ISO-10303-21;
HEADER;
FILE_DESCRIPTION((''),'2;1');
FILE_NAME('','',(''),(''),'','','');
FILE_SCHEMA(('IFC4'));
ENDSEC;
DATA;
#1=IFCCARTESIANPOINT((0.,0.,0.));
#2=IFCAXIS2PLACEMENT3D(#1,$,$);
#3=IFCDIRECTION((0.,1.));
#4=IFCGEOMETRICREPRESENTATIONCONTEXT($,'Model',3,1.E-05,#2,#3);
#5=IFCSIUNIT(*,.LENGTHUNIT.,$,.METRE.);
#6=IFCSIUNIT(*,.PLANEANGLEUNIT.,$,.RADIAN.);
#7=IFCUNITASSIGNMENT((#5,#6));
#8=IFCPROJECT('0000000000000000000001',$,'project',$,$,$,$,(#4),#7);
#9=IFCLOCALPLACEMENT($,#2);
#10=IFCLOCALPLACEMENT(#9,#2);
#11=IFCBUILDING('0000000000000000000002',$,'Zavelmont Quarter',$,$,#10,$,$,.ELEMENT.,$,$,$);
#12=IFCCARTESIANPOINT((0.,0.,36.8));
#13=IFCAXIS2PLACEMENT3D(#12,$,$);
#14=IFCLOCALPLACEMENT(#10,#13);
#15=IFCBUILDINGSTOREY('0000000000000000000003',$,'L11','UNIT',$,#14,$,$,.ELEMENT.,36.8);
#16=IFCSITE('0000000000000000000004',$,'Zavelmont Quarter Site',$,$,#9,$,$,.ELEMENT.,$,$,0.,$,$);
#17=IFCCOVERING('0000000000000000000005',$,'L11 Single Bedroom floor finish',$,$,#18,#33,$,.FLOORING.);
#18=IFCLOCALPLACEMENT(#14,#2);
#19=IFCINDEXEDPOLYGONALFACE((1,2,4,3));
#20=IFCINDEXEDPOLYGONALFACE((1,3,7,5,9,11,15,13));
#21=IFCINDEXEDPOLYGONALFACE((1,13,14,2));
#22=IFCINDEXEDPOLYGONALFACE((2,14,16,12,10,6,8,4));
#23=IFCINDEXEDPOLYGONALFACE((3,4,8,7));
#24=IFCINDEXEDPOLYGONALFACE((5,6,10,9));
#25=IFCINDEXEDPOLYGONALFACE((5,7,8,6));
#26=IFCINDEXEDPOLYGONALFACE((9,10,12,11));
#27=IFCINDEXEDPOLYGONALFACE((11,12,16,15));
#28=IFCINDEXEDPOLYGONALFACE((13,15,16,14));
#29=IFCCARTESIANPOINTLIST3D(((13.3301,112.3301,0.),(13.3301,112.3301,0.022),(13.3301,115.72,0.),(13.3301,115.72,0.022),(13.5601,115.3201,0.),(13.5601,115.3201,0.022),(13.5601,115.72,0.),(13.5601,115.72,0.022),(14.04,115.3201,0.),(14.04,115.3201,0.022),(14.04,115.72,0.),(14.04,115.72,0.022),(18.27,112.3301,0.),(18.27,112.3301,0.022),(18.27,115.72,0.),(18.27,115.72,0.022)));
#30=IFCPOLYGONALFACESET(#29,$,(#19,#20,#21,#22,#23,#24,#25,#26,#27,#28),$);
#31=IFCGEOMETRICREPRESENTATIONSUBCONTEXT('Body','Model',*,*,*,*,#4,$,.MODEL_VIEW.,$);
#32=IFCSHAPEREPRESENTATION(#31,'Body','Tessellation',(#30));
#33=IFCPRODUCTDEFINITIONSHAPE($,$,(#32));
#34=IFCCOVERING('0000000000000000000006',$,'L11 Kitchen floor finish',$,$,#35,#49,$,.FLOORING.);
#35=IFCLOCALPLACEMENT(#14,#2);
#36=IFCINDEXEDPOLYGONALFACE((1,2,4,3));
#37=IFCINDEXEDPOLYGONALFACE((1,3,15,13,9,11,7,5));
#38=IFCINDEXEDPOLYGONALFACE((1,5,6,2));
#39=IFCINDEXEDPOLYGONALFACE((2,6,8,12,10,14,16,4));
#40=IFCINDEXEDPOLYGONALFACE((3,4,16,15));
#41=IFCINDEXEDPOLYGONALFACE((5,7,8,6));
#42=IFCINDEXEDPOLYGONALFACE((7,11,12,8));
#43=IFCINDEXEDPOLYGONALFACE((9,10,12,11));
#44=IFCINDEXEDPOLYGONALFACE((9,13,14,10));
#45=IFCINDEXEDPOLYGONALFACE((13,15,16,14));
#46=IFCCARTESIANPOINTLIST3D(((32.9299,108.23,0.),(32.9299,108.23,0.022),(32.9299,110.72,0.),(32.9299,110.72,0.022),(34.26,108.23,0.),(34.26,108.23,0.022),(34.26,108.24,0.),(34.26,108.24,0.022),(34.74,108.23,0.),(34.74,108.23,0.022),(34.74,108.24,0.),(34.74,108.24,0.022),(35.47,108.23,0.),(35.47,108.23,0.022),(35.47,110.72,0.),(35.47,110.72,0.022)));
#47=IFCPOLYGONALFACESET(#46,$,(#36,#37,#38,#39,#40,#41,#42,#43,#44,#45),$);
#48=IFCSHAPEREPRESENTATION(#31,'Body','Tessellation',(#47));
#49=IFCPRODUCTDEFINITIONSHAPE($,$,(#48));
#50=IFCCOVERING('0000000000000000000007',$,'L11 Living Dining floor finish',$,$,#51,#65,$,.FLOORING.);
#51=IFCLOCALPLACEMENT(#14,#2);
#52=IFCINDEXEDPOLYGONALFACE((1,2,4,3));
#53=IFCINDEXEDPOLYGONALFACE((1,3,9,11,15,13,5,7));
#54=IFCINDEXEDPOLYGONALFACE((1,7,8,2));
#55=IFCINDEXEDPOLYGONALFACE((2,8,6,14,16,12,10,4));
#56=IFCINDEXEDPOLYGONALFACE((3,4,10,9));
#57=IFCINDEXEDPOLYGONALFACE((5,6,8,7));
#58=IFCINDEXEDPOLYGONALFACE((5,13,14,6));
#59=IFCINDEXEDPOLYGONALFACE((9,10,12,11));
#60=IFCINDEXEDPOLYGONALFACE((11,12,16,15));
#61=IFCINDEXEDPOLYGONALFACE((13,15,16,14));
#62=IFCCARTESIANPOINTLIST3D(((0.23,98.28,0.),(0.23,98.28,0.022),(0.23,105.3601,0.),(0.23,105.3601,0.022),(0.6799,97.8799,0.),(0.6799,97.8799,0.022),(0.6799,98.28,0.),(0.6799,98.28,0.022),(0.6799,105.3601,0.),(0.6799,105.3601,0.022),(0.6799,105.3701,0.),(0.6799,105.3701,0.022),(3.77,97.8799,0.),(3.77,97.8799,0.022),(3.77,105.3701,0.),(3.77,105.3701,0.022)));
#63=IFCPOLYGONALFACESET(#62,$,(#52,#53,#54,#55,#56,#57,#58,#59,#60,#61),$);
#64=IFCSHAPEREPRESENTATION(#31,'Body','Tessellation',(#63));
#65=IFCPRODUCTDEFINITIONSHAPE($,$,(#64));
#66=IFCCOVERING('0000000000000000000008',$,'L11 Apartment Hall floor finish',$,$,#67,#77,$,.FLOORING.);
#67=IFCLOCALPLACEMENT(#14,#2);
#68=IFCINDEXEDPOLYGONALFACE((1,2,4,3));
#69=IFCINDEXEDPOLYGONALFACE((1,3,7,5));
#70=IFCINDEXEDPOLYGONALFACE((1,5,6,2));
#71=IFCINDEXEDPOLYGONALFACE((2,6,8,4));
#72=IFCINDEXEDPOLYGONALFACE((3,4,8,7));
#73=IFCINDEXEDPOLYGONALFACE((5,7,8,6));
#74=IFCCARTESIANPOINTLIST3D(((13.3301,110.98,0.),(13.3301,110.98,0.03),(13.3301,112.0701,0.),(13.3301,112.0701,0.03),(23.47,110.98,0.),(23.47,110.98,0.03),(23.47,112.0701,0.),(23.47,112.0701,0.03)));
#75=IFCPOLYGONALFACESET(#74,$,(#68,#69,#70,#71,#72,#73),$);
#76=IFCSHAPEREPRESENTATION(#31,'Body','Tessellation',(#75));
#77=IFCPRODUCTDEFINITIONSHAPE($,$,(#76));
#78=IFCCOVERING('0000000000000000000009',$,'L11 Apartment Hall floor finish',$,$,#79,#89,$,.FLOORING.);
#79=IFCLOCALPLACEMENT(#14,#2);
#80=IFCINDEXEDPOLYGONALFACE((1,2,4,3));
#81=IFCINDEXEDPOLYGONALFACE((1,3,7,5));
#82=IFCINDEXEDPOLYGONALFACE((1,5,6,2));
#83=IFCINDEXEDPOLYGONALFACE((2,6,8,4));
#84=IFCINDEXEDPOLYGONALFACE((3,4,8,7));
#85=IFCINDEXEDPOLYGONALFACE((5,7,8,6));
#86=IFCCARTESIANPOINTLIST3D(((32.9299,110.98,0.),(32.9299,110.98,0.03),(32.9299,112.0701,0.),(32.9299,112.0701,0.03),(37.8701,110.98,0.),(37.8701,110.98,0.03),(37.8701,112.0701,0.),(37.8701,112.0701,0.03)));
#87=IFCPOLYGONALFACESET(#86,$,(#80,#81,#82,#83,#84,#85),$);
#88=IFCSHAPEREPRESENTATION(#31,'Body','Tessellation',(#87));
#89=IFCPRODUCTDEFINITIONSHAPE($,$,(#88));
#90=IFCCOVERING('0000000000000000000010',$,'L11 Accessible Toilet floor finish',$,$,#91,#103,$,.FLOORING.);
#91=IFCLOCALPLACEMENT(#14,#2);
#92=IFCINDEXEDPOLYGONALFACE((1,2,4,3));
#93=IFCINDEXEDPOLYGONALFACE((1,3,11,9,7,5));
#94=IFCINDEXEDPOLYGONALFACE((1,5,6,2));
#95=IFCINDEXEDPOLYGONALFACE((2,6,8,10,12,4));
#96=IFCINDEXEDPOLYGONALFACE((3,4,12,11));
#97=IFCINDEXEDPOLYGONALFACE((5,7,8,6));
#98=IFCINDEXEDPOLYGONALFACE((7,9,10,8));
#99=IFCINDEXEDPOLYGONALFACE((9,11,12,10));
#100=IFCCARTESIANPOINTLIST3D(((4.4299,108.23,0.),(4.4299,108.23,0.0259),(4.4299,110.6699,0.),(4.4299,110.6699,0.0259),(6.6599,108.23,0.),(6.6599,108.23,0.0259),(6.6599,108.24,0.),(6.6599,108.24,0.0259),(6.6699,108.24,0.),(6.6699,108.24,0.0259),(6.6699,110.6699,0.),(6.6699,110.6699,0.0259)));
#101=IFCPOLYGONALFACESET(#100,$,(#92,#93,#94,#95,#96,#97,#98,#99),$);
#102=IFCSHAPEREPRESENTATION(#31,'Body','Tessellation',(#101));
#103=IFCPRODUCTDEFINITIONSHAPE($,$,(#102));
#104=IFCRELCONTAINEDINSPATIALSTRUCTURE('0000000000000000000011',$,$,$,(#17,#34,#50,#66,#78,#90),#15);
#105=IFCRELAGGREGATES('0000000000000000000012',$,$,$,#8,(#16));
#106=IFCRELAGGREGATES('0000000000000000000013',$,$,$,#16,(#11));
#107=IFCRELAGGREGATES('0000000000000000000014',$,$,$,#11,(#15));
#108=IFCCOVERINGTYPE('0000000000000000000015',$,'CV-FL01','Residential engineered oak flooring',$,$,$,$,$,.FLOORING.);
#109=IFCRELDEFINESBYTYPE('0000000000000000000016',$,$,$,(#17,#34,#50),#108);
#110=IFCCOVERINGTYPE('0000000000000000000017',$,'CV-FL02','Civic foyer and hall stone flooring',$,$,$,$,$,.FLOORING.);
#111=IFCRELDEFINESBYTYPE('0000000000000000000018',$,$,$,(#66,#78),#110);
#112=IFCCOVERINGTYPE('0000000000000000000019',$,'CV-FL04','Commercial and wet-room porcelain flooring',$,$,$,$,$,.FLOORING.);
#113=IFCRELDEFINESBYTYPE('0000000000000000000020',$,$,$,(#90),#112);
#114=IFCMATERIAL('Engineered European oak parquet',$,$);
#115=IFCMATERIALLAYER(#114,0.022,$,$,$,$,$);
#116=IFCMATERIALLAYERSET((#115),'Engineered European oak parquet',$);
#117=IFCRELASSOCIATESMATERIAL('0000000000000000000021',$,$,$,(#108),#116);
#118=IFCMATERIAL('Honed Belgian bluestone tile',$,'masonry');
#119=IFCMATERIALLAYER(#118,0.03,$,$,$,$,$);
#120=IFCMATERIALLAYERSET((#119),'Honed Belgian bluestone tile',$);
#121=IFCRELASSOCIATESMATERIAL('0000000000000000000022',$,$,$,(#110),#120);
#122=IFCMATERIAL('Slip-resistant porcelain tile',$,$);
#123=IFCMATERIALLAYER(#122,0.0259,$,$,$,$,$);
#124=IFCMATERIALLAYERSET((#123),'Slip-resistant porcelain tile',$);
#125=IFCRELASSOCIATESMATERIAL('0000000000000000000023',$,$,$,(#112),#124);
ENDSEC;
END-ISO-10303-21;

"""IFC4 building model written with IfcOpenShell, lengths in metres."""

from ifc_helpers import new_model, si_unit, direction, frame, origin, place, context, subcontext, project, spatial, polyline, outline, extrude, material, layer, layer_set, type_object, element, save


model = new_model("IFC4")

# Units and contexts
model_context = context("Model", 3, precision=1e-05, world=origin(), true_north=direction((0.0, 1.0)))
body_context = subcontext(model_context, "Body", "Model", "MODEL_VIEW")
ifc_project = project(units=[si_unit("LENGTHUNIT", "METRE"), si_unit("PLANEANGLEUNIT", "RADIAN")], contexts=[model_context])

# Site, building, storey
site_placement = place(None, origin())
site = spatial("IfcSite", under=ifc_project, at=site_placement, Name="Zavelmont Quarter Site", CompositionType="ELEMENT", RefElevation=0.0)
building_placement = place(site_placement, origin())
building = spatial("IfcBuilding", under=site, at=building_placement, Name="Zavelmont Quarter", CompositionType="ELEMENT")
storey_placement = place(building_placement, frame((0.0, 0.0, 36.8)))
storey = spatial("IfcBuildingStorey", under=building, at=storey_placement, Name="L11", Description="UNIT", CompositionType="ELEMENT", Elevation=36.8)

# Coverings
ifc_material_1 = material(Name="Engineered European oak parquet")
ifc_layer_1 = layer(ifc_material_1, 0.022)
ifc_layer_set_1 = layer_set([ifc_layer_1], Name="Engineered European oak parquet")
covering_type_1 = type_object("IfcCoveringType", Name="CV-FL01", Description="Residential engineered oak flooring", PredefinedType="FLOORING", material=ifc_layer_set_1)
covering_1_placement = place(storey_placement, origin())
element("IfcCovering", 1, at=covering_1_placement, inside=storey, type_object=covering_type_1, Name="L11 Single Bedroom floor finish", PredefinedType="FLOORING", context=body_context, shape_type="SweptSolid", body=[
    extrude(outline(polyline([(13.3301, 115.72), (13.5601, 115.72), (13.5601, 115.3201), (14.04, 115.3201), (14.04, 115.72), (18.27, 115.72), (18.27, 112.3301), (13.3301, 112.3301), (13.3301, 115.72)])), origin(), (0.0, 0.0, 1.0), 0.022),
])
covering_2_placement = place(storey_placement, origin())
element("IfcCovering", 2, at=covering_2_placement, inside=storey, type_object=covering_type_1, Name="L11 Kitchen floor finish", PredefinedType="FLOORING", context=body_context, shape_type="SweptSolid", body=[
    extrude(outline(polyline([(32.9299, 110.72), (35.47, 110.72), (35.47, 108.23), (34.74, 108.23), (34.74, 108.24), (34.26, 108.24), (34.26, 108.23), (32.9299, 108.23), (32.9299, 110.72)])), origin(), (0.0, 0.0, 1.0), 0.022),
])
covering_3_placement = place(storey_placement, origin())
element("IfcCovering", 3, at=covering_3_placement, inside=storey, type_object=covering_type_1, Name="L11 Living Dining floor finish", PredefinedType="FLOORING", context=body_context, shape_type="SweptSolid", body=[
    extrude(outline(polyline([(0.23, 105.3601), (0.6799, 105.3601), (0.6799, 105.3701), (3.77, 105.3701), (3.77, 97.8799), (0.6799, 97.8799), (0.6799, 98.28), (0.23, 98.28), (0.23, 105.3601)])), origin(), (0.0, 0.0, 1.0), 0.022),
])
ifc_material_2 = material(Name="Honed Belgian bluestone tile", Category="masonry")
ifc_layer_2 = layer(ifc_material_2, 0.03)
ifc_layer_set_2 = layer_set([ifc_layer_2], Name="Honed Belgian bluestone tile")
covering_type_2 = type_object("IfcCoveringType", Name="CV-FL02", Description="Civic foyer and hall stone flooring", PredefinedType="FLOORING", material=ifc_layer_set_2)
covering_4_placement = place(storey_placement, origin())
element("IfcCovering", 4, at=covering_4_placement, inside=storey, type_object=covering_type_2, Name="L11 Apartment Hall floor finish", PredefinedType="FLOORING", context=body_context, shape_type="SweptSolid", body=[
    extrude(outline(polyline([(13.3301, 112.0701), (23.47, 112.0701), (23.47, 110.98), (13.3301, 110.98), (13.3301, 112.0701)])), origin(), (0.0, 0.0, 1.0), 0.03),
])
covering_5_placement = place(storey_placement, origin())
element("IfcCovering", 5, at=covering_5_placement, inside=storey, type_object=covering_type_2, Name="L11 Apartment Hall floor finish", PredefinedType="FLOORING", context=body_context, shape_type="SweptSolid", body=[
    extrude(outline(polyline([(32.9299, 112.0701), (37.8701, 112.0701), (37.8701, 110.98), (32.9299, 110.98), (32.9299, 112.0701)])), origin(), (0.0, 0.0, 1.0), 0.03),
])
ifc_material_3 = material(Name="Slip-resistant porcelain tile")
ifc_layer_3 = layer(ifc_material_3, 0.0259)
ifc_layer_set_3 = layer_set([ifc_layer_3], Name="Slip-resistant porcelain tile")
covering_type_3 = type_object("IfcCoveringType", Name="CV-FL04", Description="Commercial and wet-room porcelain flooring", PredefinedType="FLOORING", material=ifc_layer_set_3)
covering_6_placement = place(storey_placement, origin())
element("IfcCovering", 6, at=covering_6_placement, inside=storey, type_object=covering_type_3, Name="L11 Accessible Toilet floor finish", PredefinedType="FLOORING", context=body_context, shape_type="SweptSolid", body=[
    extrude(outline(polyline([(4.4299, 110.6699), (6.6699, 110.6699), (6.6699, 108.24), (6.6599, 108.24), (6.6599, 108.23), (4.4299, 108.23), (4.4299, 110.6699)])), origin(), (0.0, 0.0, 1.0), 0.0259),
])

save(model, "model.ifc")
